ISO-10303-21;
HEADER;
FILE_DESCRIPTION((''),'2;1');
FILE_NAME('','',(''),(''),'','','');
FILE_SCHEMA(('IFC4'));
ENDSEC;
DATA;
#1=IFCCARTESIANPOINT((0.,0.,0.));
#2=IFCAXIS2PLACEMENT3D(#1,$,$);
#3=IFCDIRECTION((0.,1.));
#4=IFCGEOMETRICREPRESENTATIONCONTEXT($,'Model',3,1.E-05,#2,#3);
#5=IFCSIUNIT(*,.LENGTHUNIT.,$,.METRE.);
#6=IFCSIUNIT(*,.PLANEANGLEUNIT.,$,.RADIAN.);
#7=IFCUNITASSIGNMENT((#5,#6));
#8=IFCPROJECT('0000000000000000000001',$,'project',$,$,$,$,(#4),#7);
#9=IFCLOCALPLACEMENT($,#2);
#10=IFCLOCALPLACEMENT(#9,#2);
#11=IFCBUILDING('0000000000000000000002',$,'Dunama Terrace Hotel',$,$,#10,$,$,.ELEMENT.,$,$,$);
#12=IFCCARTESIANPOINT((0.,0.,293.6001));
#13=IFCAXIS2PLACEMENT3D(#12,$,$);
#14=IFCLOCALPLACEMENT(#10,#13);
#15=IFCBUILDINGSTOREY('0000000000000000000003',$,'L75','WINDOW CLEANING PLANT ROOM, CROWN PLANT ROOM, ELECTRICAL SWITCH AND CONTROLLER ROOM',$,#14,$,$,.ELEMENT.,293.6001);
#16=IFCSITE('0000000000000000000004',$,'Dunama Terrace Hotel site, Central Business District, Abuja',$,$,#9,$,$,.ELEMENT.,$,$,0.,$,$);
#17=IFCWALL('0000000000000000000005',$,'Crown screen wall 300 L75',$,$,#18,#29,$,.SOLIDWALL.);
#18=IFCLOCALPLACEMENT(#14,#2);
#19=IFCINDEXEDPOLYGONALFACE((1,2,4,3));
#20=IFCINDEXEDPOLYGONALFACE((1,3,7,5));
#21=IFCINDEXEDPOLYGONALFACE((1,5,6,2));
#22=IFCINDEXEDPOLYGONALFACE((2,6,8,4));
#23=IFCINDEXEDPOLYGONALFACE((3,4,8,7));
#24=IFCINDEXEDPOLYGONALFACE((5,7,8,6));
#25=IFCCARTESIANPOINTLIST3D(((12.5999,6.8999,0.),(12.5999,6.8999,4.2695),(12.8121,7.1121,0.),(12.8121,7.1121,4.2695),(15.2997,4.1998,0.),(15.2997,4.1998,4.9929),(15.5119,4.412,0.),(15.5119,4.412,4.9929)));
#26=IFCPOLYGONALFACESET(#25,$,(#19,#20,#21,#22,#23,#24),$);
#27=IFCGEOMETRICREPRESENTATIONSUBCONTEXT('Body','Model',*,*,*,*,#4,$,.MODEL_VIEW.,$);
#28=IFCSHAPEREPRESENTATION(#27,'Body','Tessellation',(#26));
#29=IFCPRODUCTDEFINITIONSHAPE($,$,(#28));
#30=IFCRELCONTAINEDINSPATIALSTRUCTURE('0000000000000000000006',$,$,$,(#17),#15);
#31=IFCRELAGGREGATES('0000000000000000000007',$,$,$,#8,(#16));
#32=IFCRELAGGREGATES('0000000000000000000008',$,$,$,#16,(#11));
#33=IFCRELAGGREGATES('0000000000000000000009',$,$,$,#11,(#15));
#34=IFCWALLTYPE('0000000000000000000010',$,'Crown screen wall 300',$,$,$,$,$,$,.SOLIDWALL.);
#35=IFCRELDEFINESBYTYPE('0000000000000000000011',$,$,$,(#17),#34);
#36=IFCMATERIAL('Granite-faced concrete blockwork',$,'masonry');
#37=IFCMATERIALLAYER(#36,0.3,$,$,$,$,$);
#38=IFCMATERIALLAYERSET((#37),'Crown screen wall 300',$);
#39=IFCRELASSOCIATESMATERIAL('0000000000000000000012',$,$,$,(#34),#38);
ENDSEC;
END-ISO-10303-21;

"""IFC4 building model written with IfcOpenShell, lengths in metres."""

from ifc_helpers import new_model, si_unit, direction, frame, origin, place, context, subcontext, project, spatial, polyline, outline, extrude, material, layer, layer_set, type_object, element, save


model = new_model("IFC4")

# Units and contexts
model_context = context("Model", 3, precision=1e-05, world=origin(), true_north=direction((0.0, 1.0)))
body_context = subcontext(model_context, "Body", "Model", "MODEL_VIEW")
ifc_project = project(units=[si_unit("LENGTHUNIT", "METRE"), si_unit("PLANEANGLEUNIT", "RADIAN")], contexts=[model_context])

# Site, building, storey
site_placement = place(None, origin())
site = spatial("IfcSite", under=ifc_project, at=site_placement, Name="Dunama Terrace Hotel site, Central Business District, Abuja", CompositionType="ELEMENT", RefElevation=0.0)
building_placement = place(site_placement, origin())
building = spatial("IfcBuilding", under=site, at=building_placement, Name="Dunama Terrace Hotel", CompositionType="ELEMENT")
storey_placement = place(building_placement, frame((0.0, 0.0, 293.6001)))
storey = spatial("IfcBuildingStorey", under=building, at=storey_placement, Name="L75", Description="WINDOW CLEANING PLANT ROOM, CROWN PLANT ROOM, ELECTRICAL SWITCH AND CONTROLLER ROOM", CompositionType="ELEMENT", Elevation=293.6001)

# Shared definitions
ifc_material_1 = material(Name="Granite-faced concrete blockwork", Category="masonry")
ifc_layer_1 = layer(ifc_material_1, 0.3)
ifc_layer_set_1 = layer_set([ifc_layer_1], Name="Crown screen wall 300")
wall_type = type_object("IfcWallType", Name="Crown screen wall 300", PredefinedType="SOLIDWALL", material=ifc_layer_set_1)

# Wall
wall_1_placement = place(storey_placement, frame((12.7061, 7.0061, 0.0), z_axis=(0.0, 0.0, 1.0), x_axis=(0.707075, -0.707139, 0.0)))
element("IfcWall", 1, at=wall_1_placement, inside=storey, type_object=wall_type, Name="Crown screen wall 300 L75", PredefinedType="SOLIDWALL", context=body_context, shape_type="SweptSolid", body=[
    extrude(outline(polyline([(0.0, 0.0), (3.8184, 0.0), (3.8184, 4.9929), (0.0, 4.2695), (0.0, 0.0)])), frame((0.0, 0.1499, 0.0), z_axis=(0.0, -1.0, 0.0), x_axis=(1.0, 0.0, 0.0)), (0.0, 0.0, 1.0), 0.3),
])

save(model, "model.ifc")
